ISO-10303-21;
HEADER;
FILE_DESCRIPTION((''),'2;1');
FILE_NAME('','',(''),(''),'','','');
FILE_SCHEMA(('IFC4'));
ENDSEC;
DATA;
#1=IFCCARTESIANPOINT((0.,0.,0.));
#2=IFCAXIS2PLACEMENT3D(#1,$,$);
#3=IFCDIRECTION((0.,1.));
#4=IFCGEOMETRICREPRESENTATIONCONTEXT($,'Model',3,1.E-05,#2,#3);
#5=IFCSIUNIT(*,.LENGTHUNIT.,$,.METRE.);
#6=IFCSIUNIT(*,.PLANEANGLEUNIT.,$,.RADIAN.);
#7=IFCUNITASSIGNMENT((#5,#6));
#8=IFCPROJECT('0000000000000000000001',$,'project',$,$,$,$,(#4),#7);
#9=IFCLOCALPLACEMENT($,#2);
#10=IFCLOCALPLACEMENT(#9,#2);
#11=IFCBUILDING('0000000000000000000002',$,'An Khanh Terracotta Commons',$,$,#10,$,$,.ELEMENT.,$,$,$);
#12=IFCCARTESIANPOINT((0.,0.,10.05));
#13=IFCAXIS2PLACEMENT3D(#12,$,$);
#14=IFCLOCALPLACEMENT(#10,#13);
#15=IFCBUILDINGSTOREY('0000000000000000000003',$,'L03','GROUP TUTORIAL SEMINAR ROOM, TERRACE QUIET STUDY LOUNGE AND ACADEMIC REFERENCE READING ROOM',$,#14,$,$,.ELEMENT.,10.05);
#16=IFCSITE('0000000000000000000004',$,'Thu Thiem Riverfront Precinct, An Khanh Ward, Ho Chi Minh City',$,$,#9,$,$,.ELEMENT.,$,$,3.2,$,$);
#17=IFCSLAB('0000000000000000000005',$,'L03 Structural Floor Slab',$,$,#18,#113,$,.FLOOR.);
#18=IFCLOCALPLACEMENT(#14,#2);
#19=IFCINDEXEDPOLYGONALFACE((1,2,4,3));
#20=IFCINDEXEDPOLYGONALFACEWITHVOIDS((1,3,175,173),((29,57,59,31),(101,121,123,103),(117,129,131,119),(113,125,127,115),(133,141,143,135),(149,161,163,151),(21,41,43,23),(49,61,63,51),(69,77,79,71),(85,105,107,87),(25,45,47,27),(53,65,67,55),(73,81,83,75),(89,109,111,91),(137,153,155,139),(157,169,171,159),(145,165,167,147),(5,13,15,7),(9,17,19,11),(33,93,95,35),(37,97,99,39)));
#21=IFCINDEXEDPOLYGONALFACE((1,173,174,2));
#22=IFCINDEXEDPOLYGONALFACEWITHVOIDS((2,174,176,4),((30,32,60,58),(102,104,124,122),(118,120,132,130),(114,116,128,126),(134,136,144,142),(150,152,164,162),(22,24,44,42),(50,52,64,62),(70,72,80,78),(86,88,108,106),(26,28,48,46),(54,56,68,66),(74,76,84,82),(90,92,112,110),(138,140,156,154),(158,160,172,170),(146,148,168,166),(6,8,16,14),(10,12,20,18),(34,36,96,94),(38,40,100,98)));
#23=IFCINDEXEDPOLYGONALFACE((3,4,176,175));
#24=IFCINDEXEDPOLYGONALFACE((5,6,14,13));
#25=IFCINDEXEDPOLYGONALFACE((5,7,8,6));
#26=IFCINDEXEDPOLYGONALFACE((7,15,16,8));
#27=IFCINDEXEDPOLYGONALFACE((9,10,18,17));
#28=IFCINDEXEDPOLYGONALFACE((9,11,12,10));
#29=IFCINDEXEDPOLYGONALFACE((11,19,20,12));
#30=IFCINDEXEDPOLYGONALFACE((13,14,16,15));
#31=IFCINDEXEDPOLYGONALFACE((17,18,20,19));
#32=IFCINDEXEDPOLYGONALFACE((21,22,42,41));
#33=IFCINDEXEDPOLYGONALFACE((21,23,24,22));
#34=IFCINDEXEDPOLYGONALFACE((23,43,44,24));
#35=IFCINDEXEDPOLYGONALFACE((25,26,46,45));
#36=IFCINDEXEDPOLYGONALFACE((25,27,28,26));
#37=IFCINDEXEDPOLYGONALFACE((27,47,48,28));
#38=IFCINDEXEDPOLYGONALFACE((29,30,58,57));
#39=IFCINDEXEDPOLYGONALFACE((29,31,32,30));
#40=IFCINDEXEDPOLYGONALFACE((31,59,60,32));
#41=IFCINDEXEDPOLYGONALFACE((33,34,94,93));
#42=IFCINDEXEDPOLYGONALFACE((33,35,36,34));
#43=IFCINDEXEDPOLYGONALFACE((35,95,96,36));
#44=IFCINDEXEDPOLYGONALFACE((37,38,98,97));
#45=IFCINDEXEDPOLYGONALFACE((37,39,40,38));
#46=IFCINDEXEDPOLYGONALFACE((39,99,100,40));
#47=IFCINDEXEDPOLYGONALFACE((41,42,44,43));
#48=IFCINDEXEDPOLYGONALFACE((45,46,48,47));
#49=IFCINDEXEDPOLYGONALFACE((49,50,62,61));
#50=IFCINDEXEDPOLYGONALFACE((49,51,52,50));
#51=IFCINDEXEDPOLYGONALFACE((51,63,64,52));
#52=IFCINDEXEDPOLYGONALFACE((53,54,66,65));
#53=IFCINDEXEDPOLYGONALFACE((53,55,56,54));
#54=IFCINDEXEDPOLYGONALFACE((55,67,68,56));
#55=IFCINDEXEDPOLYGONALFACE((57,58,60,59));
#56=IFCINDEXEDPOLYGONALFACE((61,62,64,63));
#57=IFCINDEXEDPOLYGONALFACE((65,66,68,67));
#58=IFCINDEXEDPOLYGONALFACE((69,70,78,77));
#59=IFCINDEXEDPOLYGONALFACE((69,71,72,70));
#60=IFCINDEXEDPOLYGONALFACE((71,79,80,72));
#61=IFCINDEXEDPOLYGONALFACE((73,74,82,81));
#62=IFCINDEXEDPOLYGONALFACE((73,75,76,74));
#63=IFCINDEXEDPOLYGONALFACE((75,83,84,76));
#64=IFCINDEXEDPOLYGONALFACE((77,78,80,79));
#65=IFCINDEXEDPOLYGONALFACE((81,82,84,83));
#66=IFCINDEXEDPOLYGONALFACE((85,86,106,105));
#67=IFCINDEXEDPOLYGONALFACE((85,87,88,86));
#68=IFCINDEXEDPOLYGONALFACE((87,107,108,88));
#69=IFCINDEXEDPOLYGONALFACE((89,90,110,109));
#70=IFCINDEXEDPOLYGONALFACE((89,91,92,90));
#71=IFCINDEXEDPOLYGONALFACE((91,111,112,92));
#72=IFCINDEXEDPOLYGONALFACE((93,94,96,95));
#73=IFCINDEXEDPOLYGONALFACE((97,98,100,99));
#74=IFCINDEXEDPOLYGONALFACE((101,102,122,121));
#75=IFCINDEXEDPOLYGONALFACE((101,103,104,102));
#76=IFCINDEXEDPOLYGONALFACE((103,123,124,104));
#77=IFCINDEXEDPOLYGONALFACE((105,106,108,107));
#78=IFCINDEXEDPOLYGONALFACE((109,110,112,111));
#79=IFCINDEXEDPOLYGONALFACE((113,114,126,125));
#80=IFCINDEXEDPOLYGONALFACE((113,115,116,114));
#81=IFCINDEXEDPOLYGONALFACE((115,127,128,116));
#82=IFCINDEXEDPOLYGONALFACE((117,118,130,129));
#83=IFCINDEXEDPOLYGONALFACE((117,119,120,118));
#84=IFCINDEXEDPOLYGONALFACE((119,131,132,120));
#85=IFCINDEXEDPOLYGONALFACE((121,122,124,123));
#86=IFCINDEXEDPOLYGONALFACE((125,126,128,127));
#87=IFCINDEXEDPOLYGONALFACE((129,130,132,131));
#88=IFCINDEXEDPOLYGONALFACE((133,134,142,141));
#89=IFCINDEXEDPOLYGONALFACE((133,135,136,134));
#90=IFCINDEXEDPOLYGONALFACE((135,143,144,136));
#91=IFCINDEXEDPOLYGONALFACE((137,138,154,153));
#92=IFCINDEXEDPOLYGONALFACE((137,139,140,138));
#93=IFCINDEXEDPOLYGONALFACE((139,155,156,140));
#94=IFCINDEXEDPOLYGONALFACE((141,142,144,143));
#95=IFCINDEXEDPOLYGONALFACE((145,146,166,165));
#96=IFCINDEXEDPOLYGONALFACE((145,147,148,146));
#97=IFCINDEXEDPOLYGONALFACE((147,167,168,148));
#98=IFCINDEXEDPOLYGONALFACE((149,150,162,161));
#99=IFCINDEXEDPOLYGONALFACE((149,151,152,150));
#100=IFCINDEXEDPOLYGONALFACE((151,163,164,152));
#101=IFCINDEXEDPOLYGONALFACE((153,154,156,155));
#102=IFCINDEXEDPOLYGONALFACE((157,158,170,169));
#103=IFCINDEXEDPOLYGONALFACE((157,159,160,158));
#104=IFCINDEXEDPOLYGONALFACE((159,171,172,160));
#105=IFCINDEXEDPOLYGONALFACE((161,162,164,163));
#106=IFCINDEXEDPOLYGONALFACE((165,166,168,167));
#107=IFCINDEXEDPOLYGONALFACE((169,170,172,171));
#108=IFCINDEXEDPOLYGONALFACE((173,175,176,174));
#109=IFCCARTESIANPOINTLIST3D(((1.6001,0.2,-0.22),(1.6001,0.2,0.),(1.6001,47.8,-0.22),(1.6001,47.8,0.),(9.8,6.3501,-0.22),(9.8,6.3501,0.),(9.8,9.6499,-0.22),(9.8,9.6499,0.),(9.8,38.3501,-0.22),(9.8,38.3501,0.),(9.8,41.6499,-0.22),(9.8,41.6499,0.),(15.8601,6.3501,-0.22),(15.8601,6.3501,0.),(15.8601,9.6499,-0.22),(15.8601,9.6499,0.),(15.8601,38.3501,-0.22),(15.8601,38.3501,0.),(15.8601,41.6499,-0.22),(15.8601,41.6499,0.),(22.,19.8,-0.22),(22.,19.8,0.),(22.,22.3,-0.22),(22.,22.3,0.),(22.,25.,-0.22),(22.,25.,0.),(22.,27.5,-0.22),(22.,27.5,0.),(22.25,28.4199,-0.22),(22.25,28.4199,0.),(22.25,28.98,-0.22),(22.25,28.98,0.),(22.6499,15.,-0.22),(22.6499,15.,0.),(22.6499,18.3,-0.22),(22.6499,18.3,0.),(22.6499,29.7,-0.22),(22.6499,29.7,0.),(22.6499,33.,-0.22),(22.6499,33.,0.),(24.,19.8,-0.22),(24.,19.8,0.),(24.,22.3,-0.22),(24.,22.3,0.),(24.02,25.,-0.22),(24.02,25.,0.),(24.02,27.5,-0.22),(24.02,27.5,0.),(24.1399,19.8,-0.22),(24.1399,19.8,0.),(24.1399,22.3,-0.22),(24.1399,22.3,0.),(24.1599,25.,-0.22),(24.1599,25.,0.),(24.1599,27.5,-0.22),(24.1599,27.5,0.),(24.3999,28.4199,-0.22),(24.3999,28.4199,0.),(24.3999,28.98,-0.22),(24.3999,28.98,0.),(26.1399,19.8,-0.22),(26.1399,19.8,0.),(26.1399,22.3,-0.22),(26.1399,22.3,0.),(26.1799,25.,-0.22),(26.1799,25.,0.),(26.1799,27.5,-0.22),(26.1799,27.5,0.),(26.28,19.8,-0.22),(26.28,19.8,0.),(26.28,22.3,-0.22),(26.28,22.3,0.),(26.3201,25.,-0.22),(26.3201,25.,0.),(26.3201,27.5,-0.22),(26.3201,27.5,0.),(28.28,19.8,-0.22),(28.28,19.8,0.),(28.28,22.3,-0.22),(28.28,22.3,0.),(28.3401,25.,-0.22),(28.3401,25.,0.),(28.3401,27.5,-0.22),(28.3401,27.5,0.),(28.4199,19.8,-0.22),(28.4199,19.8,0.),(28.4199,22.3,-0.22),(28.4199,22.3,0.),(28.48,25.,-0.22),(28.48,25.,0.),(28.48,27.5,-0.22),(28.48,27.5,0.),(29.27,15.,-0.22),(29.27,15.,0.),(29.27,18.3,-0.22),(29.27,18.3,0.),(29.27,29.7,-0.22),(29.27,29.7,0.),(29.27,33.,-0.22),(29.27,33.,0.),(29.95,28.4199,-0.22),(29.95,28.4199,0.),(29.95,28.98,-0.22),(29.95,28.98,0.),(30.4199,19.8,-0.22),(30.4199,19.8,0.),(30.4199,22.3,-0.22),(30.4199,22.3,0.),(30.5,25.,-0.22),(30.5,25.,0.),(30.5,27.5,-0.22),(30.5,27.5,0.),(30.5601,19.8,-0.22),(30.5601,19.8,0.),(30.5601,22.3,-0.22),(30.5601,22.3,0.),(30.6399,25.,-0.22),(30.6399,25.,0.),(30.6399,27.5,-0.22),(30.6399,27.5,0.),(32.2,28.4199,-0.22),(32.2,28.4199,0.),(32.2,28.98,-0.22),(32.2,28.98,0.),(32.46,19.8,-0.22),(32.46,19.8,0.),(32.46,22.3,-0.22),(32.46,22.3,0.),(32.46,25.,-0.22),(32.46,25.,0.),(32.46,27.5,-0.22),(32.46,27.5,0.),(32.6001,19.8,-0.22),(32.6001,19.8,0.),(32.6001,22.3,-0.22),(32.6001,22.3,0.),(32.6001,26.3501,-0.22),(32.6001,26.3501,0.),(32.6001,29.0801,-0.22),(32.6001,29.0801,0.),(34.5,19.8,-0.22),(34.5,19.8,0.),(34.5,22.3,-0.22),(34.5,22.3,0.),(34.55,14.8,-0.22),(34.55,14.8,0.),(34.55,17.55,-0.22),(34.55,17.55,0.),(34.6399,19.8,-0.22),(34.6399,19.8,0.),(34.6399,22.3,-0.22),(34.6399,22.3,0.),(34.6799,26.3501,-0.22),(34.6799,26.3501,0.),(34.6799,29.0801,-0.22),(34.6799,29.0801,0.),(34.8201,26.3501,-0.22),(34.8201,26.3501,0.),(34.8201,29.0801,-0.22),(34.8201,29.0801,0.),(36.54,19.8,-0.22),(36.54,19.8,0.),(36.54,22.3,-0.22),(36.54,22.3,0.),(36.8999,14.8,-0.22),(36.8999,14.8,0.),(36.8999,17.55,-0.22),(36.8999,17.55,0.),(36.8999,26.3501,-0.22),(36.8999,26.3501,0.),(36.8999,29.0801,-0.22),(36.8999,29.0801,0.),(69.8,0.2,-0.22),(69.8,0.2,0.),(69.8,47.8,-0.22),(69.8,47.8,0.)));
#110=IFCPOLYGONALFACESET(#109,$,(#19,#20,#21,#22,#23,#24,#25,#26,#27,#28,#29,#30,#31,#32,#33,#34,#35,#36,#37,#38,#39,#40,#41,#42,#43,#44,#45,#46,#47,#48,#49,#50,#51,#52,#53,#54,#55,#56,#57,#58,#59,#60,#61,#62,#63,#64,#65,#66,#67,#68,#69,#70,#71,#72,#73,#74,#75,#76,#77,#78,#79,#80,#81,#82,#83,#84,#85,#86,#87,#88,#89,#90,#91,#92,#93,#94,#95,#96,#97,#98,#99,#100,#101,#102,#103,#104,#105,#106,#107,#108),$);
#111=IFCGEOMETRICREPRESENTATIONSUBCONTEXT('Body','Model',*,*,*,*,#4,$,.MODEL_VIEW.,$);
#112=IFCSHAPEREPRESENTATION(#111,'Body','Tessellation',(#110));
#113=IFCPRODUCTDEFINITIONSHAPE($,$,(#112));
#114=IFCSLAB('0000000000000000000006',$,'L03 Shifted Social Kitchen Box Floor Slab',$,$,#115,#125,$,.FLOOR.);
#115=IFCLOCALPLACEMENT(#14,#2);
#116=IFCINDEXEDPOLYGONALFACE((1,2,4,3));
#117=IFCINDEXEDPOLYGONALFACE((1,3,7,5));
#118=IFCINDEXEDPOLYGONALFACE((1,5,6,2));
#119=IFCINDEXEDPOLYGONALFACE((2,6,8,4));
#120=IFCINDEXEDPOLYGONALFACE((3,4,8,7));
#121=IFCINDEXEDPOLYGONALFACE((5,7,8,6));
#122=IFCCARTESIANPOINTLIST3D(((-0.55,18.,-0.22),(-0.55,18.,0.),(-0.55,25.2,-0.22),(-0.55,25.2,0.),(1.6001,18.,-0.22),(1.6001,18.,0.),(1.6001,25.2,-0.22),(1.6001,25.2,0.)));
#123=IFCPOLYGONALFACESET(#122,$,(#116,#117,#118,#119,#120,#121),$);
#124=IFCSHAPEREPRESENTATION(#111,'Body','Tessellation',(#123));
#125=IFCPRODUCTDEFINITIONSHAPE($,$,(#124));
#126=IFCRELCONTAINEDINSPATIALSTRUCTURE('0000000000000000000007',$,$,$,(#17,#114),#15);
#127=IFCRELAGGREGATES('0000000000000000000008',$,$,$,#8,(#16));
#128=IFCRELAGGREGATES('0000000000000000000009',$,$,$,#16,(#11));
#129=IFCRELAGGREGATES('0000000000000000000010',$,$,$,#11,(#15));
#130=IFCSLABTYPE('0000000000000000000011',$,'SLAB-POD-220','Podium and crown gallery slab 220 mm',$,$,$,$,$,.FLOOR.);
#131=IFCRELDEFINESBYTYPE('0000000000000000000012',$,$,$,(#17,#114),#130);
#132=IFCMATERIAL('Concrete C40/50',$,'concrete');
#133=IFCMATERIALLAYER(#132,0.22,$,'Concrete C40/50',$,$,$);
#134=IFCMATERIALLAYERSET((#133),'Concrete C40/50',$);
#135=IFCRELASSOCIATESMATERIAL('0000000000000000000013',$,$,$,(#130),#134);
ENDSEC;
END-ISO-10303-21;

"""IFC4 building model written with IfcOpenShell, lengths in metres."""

from ifc_helpers import new_model, si_unit, direction, frame, origin, place, context, subcontext, project, spatial, polyline, outline, extrude, material, layer, layer_set, type_object, element, save


model = new_model("IFC4")

# Units and contexts
model_context = context("Model", 3, precision=1e-05, world=origin(), true_north=direction((0.0, 1.0)))
body_context = subcontext(model_context, "Body", "Model", "MODEL_VIEW")
ifc_project = project(units=[si_unit("LENGTHUNIT", "METRE"), si_unit("PLANEANGLEUNIT", "RADIAN")], contexts=[model_context])

# Site, building, storey
site_placement = place(None, origin())
site = spatial("IfcSite", under=ifc_project, at=site_placement, Name="Thu Thiem Riverfront Precinct, An Khanh Ward, Ho Chi Minh City", CompositionType="ELEMENT", RefElevation=3.2)
building_placement = place(site_placement, origin())
building = spatial("IfcBuilding", under=site, at=building_placement, Name="An Khanh Terracotta Commons", CompositionType="ELEMENT")
storey_placement = place(building_placement, frame((0.0, 0.0, 10.05)))
storey = spatial("IfcBuildingStorey", under=building, at=storey_placement, Name="L03", Description="GROUP TUTORIAL SEMINAR ROOM, TERRACE QUIET STUDY LOUNGE AND ACADEMIC REFERENCE READING ROOM", CompositionType="ELEMENT", Elevation=10.05)

# Shared definitions
ifc_material_1 = material(Name="Concrete C40/50", Category="concrete")

# Slabs
ifc_layer_1 = layer(ifc_material_1, 0.22, Name="Concrete C40/50")
ifc_layer_set_1 = layer_set([ifc_layer_1], Name="Concrete C40/50")
slab_type_1 = type_object("IfcSlabType", Name="SLAB-POD-220", Description="Podium and crown gallery slab 220 mm", PredefinedType="FLOOR", material=ifc_layer_set_1)
slab_1_placement = place(storey_placement, frame((0.0, 0.0, -0.22)))
element("IfcSlab", 1, at=slab_1_placement, inside=storey, type_object=slab_type_1, Name="L03 Structural Floor Slab", PredefinedType="FLOOR", context=body_context, shape_type="SweptSolid", body=[
    extrude(outline(polyline([(1.6001, 0.2), (69.8, 0.2), (69.8, 47.8), (1.6001, 47.8), (1.6001, 0.2)]), holes=[polyline([(22.6499, 29.7), (29.27, 29.7), (29.27, 33.0), (22.6499, 33.0), (22.6499, 29.7)]), polyline([(22.6499, 15.0), (29.27, 15.0), (29.27, 18.3), (22.6499, 18.3), (22.6499, 15.0)]), polyline([(9.8, 6.3501), (15.8601, 6.3501), (15.8601, 9.6499), (9.8, 9.6499), (9.8, 6.3501)]), polyline([(9.8, 38.3501), (15.8601, 38.3501), (15.8601, 41.6499), (9.8, 41.6499), (9.8, 38.3501)]), polyline([(32.6001, 26.3501), (34.6799, 26.3501), (34.6799, 29.0801), (32.6001, 29.0801), (32.6001, 26.3501)]), polyline([(34.8201, 26.3501), (36.8999, 26.3501), (36.8999, 29.0801), (34.8201, 29.0801), (34.8201, 26.3501)]), polyline([(34.55, 14.8), (36.8999, 14.8), (36.8999, 17.55), (34.55, 17.55), (34.55, 14.8)]), polyline([(22.0, 25.0), (24.02, 25.0), (24.02, 27.5), (22.0, 27.5), (22.0, 25.0)]), polyline([(24.1599, 25.0), (26.1799, 25.0), (26.1799, 27.5), (24.1599, 27.5), (24.1599, 25.0)]), polyline([(22.0, 19.8), (24.0, 19.8), (24.0, 22.3), (22.0, 22.3), (22.0, 19.8)]), polyline([(24.1399, 19.8), (26.1399, 19.8), (26.1399, 22.3), (24.1399, 22.3), (24.1399, 19.8)]), polyline([(26.3201, 25.0), (28.3401, 25.0), (28.3401, 27.5), (26.3201, 27.5), (26.3201, 25.0)]), polyline([(28.48, 25.0), (30.5, 25.0), (30.5, 27.5), (28.48, 27.5), (28.48, 25.0)]), polyline([(26.28, 19.8), (28.28, 19.8), (28.28, 22.3), (26.28, 22.3), (26.28, 19.8)]), polyline([(28.4199, 19.8), (30.4199, 19.8), (30.4199, 22.3), (28.4199, 22.3), (28.4199, 19.8)]), polyline([(30.6399, 25.0), (32.46, 25.0), (32.46, 27.5), (30.6399, 27.5), (30.6399, 25.0)]), polyline([(30.5601, 19.8), (32.46, 19.8), (32.46, 22.3), (30.5601, 22.3), (30.5601, 19.8)]), polyline([(32.6001, 19.8), (34.5, 19.8), (34.5, 22.3), (32.6001, 22.3), (32.6001, 19.8)]), polyline([(34.6399, 19.8), (36.54, 19.8), (36.54, 22.3), (34.6399, 22.3), (34.6399, 19.8)]), polyline([(22.25, 28.4199), (24.3999, 28.4199), (24.3999, 28.98), (22.25, 28.98), (22.25, 28.4199)]), polyline([(29.95, 28.4199), (32.2, 28.4199), (32.2, 28.98), (29.95, 28.98), (29.95, 28.4199)])]), origin(), (0.0, 0.0, 1.0), 0.22),
])
slab_2_placement = place(storey_placement, frame((0.0, 0.0, -0.22)))
element("IfcSlab", 2, at=slab_2_placement, inside=storey, type_object=slab_type_1, Name="L03 Shifted Social Kitchen Box Floor Slab", PredefinedType="FLOOR", context=body_context, shape_type="SweptSolid", body=[
    extrude(outline(polyline([(-0.55, 18.0), (1.6001, 18.0), (1.6001, 25.2), (-0.55, 25.2), (-0.55, 18.0)])), origin(), (0.0, 0.0, 1.0), 0.22),
])

save(model, "model.ifc")
